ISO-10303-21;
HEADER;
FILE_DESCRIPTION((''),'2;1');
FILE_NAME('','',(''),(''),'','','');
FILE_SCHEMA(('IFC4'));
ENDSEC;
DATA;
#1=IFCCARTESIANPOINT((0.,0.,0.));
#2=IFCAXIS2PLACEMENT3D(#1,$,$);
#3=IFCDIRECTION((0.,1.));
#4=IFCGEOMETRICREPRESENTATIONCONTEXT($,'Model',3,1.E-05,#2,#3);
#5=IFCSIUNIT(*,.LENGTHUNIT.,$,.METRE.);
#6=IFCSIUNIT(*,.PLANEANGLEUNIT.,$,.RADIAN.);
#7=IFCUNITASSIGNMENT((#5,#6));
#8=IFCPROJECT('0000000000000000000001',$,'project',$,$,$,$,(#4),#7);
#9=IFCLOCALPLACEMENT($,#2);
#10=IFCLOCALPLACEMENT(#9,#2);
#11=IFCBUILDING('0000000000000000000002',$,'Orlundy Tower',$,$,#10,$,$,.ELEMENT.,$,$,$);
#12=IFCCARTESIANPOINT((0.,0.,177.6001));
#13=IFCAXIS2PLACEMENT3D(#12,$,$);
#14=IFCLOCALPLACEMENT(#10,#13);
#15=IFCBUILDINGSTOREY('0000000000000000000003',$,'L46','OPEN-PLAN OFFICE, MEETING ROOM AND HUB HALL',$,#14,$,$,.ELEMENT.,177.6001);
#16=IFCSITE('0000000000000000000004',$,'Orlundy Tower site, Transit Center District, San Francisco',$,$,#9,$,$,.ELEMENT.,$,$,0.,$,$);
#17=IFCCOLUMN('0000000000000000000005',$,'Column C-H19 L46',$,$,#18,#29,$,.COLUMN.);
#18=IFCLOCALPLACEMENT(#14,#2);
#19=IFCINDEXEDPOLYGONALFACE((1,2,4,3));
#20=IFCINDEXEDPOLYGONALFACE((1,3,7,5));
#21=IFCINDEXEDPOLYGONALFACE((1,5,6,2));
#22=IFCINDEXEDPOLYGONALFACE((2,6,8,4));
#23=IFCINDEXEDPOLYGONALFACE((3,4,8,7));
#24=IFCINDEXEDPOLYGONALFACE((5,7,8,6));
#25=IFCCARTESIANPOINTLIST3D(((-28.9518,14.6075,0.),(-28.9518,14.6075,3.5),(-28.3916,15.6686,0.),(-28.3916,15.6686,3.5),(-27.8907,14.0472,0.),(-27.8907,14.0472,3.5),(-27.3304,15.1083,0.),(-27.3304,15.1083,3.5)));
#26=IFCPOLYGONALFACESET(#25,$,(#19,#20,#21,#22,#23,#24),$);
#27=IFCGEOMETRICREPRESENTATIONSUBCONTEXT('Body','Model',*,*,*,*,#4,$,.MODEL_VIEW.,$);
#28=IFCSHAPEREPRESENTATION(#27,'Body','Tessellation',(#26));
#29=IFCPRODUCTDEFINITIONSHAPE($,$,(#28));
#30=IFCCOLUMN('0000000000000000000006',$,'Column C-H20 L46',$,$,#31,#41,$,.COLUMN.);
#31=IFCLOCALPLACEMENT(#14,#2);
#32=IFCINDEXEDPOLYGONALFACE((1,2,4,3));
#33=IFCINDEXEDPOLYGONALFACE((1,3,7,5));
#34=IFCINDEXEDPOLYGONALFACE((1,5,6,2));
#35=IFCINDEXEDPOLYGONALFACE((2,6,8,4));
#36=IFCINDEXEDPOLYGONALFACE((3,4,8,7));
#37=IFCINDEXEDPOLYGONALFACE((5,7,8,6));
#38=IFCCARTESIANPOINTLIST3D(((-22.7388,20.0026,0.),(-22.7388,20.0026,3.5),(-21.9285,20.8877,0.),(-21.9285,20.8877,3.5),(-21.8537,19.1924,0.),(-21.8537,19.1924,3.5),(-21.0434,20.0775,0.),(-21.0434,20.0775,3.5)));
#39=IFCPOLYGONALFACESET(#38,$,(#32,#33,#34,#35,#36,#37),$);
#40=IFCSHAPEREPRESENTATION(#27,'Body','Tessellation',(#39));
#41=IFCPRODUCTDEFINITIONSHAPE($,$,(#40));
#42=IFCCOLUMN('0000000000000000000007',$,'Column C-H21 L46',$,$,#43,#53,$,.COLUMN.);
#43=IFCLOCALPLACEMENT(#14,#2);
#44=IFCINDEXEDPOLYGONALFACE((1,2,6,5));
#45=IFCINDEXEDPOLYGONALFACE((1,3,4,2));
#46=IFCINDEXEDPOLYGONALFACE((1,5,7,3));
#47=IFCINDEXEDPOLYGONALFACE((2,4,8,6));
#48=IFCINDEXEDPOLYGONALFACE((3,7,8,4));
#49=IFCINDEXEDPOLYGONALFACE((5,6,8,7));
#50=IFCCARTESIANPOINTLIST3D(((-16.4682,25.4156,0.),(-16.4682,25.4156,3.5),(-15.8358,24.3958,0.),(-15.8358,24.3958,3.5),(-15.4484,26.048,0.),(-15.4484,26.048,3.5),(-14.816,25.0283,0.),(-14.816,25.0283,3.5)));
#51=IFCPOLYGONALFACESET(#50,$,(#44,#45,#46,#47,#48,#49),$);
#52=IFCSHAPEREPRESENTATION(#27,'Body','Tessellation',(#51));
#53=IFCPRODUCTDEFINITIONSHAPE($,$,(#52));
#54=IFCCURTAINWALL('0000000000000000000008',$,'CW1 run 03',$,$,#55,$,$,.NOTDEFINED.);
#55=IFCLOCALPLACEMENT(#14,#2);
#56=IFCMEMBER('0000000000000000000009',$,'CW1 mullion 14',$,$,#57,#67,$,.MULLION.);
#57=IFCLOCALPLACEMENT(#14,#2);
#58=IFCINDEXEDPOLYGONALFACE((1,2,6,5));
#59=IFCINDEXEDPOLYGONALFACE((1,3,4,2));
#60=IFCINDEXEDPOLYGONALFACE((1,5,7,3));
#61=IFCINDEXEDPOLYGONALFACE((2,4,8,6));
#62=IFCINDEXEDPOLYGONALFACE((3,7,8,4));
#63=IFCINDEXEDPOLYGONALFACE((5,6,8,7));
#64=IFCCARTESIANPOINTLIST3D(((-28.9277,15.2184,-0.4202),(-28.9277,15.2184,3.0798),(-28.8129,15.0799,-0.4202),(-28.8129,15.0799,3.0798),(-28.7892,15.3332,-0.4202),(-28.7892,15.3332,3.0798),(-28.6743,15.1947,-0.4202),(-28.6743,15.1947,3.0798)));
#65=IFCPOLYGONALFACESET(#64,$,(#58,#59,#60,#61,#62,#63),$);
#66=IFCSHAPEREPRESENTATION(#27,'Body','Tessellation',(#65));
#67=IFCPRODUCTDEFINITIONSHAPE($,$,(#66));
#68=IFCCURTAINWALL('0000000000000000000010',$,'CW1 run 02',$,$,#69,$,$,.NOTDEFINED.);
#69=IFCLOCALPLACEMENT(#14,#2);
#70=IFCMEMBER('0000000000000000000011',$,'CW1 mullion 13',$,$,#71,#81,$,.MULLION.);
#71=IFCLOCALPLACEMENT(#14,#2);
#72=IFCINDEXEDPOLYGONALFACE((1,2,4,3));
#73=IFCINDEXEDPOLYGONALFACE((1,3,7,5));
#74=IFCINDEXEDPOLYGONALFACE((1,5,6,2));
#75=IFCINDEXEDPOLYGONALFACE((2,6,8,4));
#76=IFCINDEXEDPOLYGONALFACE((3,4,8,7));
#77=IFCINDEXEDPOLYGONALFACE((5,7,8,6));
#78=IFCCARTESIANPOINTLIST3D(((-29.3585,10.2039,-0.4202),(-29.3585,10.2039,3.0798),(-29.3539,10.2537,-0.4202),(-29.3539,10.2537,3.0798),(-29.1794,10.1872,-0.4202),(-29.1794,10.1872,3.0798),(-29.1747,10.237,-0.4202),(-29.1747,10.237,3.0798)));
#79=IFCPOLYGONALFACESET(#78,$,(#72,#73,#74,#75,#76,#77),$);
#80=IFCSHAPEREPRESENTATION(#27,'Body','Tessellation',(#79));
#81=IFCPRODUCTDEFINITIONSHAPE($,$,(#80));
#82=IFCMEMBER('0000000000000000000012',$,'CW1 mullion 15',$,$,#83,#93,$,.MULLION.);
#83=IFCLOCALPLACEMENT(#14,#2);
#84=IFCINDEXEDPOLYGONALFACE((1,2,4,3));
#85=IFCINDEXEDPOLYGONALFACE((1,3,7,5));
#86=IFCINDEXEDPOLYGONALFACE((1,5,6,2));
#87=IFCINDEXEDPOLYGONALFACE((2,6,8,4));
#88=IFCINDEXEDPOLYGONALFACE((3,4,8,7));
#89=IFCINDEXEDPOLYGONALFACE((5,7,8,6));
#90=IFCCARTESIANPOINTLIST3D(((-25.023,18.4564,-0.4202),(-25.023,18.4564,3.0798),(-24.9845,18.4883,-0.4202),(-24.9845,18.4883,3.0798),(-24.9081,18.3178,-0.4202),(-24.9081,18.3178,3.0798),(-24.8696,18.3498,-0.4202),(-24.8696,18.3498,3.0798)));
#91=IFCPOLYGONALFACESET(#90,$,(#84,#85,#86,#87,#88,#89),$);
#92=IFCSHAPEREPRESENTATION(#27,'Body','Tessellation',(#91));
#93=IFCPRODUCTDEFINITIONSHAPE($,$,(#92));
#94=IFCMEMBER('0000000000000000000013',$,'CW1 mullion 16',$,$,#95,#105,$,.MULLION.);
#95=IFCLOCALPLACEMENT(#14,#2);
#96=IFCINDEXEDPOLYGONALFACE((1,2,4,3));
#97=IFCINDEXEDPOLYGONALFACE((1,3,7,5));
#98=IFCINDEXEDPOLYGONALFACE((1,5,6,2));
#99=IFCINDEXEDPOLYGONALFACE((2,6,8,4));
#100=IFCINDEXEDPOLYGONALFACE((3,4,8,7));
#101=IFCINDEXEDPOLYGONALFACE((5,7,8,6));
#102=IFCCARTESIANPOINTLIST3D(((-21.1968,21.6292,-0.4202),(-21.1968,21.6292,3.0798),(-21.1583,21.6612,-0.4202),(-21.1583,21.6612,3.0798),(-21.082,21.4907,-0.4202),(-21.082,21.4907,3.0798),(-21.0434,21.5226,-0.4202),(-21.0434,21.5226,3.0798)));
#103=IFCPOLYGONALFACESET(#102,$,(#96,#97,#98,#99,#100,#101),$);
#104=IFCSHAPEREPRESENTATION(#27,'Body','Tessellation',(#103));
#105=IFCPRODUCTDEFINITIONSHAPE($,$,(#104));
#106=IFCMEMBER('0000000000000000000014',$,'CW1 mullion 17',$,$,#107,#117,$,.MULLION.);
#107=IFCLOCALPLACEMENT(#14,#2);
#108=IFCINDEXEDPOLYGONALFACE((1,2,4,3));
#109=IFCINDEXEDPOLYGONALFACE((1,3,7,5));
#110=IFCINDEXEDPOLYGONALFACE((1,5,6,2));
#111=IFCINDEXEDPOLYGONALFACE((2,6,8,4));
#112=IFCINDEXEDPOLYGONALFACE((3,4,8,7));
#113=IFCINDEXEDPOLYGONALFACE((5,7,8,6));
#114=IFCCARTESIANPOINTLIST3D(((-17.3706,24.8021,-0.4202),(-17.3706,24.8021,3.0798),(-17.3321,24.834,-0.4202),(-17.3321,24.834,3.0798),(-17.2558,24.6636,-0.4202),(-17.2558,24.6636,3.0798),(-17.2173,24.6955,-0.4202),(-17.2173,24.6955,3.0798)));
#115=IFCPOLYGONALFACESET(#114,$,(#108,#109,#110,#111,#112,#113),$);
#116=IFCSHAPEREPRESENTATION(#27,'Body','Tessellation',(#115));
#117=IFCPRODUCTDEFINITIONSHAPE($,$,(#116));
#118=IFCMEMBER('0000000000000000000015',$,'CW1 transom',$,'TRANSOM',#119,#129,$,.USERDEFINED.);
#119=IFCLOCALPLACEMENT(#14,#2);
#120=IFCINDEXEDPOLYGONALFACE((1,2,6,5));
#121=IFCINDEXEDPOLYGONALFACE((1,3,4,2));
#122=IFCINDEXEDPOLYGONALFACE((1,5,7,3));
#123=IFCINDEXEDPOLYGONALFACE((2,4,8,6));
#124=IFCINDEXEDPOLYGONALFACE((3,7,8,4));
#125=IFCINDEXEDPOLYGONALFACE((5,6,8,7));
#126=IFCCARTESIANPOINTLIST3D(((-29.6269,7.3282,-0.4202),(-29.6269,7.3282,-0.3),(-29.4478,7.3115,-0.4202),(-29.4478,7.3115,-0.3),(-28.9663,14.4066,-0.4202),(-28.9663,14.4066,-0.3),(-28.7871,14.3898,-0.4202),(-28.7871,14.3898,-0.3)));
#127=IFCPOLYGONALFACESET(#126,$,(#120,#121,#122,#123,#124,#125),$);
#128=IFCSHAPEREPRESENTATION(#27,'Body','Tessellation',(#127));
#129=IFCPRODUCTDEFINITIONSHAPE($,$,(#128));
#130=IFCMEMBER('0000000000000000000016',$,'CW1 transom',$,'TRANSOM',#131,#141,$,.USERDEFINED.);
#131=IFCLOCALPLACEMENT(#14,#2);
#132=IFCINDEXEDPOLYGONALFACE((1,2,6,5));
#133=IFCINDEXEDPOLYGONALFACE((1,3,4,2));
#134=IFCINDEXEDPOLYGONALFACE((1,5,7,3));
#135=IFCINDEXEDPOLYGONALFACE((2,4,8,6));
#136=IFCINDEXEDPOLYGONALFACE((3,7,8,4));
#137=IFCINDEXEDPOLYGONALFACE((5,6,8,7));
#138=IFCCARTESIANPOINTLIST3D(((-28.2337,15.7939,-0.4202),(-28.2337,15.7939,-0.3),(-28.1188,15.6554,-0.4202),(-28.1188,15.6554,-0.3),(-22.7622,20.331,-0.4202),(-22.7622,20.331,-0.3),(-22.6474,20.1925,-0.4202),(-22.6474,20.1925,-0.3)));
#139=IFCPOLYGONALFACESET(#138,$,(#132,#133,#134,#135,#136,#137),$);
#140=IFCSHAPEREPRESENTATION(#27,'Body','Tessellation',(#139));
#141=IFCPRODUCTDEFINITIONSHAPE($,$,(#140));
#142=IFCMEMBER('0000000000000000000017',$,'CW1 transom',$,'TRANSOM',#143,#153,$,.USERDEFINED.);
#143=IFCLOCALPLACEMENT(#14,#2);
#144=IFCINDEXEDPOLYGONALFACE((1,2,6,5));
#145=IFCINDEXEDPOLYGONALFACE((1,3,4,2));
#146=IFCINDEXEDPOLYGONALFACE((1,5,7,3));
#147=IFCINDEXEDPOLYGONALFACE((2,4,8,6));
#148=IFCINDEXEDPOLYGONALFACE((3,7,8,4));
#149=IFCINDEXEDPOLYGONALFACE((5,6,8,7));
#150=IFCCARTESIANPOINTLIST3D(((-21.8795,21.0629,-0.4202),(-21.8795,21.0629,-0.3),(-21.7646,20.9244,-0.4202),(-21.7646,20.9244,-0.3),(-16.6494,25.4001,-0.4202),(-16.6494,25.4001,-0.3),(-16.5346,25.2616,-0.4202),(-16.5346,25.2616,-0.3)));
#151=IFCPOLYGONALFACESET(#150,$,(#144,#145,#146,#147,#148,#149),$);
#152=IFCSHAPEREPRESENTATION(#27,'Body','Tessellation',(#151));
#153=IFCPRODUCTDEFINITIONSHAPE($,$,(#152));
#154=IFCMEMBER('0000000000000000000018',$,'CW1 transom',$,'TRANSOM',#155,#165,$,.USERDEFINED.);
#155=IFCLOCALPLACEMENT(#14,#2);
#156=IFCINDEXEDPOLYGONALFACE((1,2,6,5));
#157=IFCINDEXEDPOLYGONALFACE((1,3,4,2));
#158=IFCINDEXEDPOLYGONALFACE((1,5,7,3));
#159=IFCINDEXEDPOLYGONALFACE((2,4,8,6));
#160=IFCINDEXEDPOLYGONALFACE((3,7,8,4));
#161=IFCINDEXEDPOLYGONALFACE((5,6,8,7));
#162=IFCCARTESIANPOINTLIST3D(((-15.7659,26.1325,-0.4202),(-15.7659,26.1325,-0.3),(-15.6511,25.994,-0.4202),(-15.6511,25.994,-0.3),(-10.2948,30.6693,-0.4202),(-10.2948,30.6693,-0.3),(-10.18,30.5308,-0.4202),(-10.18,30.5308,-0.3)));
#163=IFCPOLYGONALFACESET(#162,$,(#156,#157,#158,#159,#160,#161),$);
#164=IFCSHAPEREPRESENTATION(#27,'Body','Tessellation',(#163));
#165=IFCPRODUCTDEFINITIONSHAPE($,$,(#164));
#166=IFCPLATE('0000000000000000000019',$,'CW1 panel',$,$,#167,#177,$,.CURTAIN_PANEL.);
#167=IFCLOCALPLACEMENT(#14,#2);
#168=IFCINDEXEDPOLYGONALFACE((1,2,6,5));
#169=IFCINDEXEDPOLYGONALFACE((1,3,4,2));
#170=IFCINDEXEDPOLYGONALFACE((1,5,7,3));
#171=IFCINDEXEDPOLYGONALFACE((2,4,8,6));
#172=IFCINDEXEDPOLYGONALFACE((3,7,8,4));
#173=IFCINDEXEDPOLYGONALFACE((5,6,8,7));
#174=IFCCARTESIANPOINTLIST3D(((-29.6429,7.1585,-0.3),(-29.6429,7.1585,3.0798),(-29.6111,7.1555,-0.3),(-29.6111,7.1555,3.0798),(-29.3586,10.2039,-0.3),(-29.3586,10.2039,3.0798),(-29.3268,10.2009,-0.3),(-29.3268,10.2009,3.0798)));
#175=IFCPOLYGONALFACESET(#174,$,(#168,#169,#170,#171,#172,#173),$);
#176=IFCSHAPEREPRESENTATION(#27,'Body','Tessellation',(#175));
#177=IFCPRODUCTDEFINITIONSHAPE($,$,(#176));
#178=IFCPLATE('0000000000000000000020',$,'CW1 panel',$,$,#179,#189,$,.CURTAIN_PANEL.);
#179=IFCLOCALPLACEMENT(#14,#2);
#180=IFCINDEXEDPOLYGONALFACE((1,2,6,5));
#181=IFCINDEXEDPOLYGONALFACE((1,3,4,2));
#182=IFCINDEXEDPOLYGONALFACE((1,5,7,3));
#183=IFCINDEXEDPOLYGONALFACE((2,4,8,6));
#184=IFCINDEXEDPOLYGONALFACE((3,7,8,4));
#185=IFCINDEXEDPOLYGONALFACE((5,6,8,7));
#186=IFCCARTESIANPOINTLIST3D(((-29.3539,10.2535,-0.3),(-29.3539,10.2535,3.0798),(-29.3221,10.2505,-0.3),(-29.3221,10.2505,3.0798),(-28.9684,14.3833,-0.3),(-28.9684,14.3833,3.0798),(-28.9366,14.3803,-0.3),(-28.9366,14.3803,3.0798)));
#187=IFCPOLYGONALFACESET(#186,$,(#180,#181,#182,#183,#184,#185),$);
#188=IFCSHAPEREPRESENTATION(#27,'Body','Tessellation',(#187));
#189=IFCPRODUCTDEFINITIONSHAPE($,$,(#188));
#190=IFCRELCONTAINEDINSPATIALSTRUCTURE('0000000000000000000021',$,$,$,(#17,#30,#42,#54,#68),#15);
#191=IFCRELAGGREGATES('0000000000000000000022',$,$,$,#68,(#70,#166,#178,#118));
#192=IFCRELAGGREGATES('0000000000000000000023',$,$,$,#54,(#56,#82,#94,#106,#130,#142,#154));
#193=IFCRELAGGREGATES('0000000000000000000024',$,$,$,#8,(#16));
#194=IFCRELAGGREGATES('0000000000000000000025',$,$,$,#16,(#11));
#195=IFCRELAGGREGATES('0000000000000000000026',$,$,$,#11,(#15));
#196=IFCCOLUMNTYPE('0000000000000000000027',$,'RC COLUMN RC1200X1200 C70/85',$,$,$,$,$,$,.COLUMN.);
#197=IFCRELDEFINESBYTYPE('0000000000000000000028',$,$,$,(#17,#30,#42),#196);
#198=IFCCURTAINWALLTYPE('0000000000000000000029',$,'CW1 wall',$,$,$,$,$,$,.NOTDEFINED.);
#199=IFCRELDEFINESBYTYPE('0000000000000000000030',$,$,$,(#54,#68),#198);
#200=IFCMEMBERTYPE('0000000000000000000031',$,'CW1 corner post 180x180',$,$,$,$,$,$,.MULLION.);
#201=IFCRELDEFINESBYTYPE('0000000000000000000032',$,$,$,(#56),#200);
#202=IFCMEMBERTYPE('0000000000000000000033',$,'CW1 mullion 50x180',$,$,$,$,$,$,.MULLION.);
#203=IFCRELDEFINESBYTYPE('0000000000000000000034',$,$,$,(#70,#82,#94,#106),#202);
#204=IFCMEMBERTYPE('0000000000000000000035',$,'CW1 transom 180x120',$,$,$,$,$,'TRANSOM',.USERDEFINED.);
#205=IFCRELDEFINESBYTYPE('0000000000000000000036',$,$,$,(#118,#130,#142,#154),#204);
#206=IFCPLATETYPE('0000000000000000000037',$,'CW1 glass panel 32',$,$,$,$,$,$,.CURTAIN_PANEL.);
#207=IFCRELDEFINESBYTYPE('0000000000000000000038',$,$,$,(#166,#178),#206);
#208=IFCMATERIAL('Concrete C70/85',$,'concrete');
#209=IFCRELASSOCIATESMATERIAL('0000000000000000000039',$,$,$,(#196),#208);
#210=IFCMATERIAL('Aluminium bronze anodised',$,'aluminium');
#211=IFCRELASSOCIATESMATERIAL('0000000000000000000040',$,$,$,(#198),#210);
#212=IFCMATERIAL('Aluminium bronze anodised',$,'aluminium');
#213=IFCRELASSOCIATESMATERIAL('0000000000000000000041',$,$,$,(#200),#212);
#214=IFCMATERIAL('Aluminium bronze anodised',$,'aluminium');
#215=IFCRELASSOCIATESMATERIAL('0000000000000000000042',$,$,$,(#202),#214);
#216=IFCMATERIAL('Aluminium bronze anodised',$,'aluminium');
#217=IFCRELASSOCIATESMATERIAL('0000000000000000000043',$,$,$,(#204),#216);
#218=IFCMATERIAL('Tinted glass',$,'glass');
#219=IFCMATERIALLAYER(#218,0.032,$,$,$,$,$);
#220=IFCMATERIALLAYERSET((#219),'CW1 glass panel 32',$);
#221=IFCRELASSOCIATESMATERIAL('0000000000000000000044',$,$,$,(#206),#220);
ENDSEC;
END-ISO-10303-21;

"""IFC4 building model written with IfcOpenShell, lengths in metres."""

from ifc_helpers import new_model, si_unit, direction, frame, origin, origin_2d, place, context, subcontext, project, spatial, rectangle, extrude, material, layer, layer_set, material_profile, profile_set, type_object, element, aggregate, save


model = new_model("IFC4")

# Units and contexts
model_context = context("Model", 3, precision=1e-05, world=origin(), true_north=direction((0.0, 1.0)))
body_context = subcontext(model_context, "Body", "Model", "MODEL_VIEW")
ifc_project = project(units=[si_unit("LENGTHUNIT", "METRE"), si_unit("PLANEANGLEUNIT", "RADIAN")], contexts=[model_context])

# Site, building, storey
site_placement = place(None, origin())
site = spatial("IfcSite", under=ifc_project, at=site_placement, Name="Orlundy Tower site, Transit Center District, San Francisco", CompositionType="ELEMENT", RefElevation=0.0)
building_placement = place(site_placement, origin())
building = spatial("IfcBuilding", under=site, at=building_placement, Name="Orlundy Tower", CompositionType="ELEMENT")
storey_placement = place(building_placement, frame((0.0, 0.0, 177.6001)))
storey = spatial("IfcBuildingStorey", under=building, at=storey_placement, Name="L46", Description="OPEN-PLAN OFFICE, MEETING ROOM AND HUB HALL", CompositionType="ELEMENT", Elevation=177.6001)

# Columns
ifc_material_1 = material(Name="Concrete C70/85", Category="concrete")
ifc_material_profile_1 = material_profile(ifc_material_1, rectangle(XDim=1.2, YDim=1.2, at=origin_2d()), Name="RC1200X1200")
ifc_profile_set_1 = profile_set([ifc_material_profile_1], Name="Concrete C70/85")
column_type = type_object("IfcColumnType", Name="RC COLUMN RC1200X1200 C70/85", PredefinedType="COLUMN", material=ifc_profile_set_1)
for number, where, z_axis, x_axis, name in (
    (1, (-28.1411, 14.8579, 0.0), (0.0, 0.0, 1.0), (-0.884312, 0.466896, 0.0), "Column C-H19 L46"),
    (2, (-21.8911, 20.04, 0.0), (0.0, 0.0, 1.0), (-0.737607, 0.67523, 0.0), "Column C-H20 L46"),
    (3, (-15.6421, 25.2219, 0.0), (0.0, 0.0, 1.0), (-0.527045, 0.849838, 0.0), "Column C-H21 L46"),
):
    element("IfcColumn", number, at=place(storey_placement, frame(where, z_axis=z_axis, x_axis=x_axis)), inside=storey, type_object=column_type, Name=name, PredefinedType="COLUMN", context=body_context, shape_type="SweptSolid", body=[
        extrude(rectangle(XDim=1.2, YDim=1.2, at=origin_2d()), origin(), (0.0, 0.0, 1.0), 3.5),
    ])

# Curtain walls, members
ifc_material_2 = material(Name="Aluminium bronze anodised", Category="aluminium")
curtain_wall_type = type_object("IfcCurtainWallType", Name="CW1 wall", PredefinedType="NOTDEFINED", material=ifc_material_2)
curtain_wall_1_placement = place(storey_placement, origin())
curtain_wall_1 = element("IfcCurtainWall", 4, at=curtain_wall_1_placement, inside=storey, type_object=curtain_wall_type, Name="CW1 run 03", PredefinedType="NOTDEFINED")
ifc_material_3 = material(Name="Aluminium bronze anodised", Category="aluminium")
ifc_material_profile_2 = material_profile(ifc_material_3, rectangle(XDim=0.1799, YDim=0.1799, at=origin_2d()), Name="CW1 corner post 180x180")
ifc_profile_set_2 = profile_set([ifc_material_profile_2], Name="Aluminium bronze anodised")
member_type_1 = type_object("IfcMemberType", Name="CW1 corner post 180x180", PredefinedType="MULLION", material=ifc_profile_set_2)
member_1_placement = place(storey_placement, frame((-28.801, 15.2065, -0.4202), z_axis=(0.0, 0.0, 1.0), x_axis=(-0.638318, 0.769772, 0.0)))
member_1 = element("IfcMember", 5, at=member_1_placement, type_object=member_type_1, Name="CW1 mullion 14", PredefinedType="MULLION", context=body_context, shape_type="SweptSolid", body=[
    extrude(rectangle(XDim=0.1799, YDim=0.1799, at=origin_2d()), origin(), (0.0, 0.0, 1.0), 3.5),
])
curtain_wall_2_placement = place(storey_placement, origin())
curtain_wall_2 = element("IfcCurtainWall", 6, at=curtain_wall_2_placement, inside=storey, type_object=curtain_wall_type, Name="CW1 run 02", PredefinedType="NOTDEFINED")
ifc_material_4 = material(Name="Aluminium bronze anodised", Category="aluminium")
ifc_material_profile_3 = material_profile(ifc_material_4, rectangle(XDim=0.1799, YDim=0.05, at=origin_2d()), Name="CW1 mullion 50x180")
ifc_profile_set_3 = profile_set([ifc_material_profile_3], Name="Aluminium bronze anodised")
member_type_2 = type_object("IfcMemberType", Name="CW1 mullion 50x180", PredefinedType="MULLION", material=ifc_profile_set_3)
member_2_placement = place(storey_placement, frame((-29.2666, 10.2205, -0.4202), z_axis=(0.0, 0.0, 1.0), x_axis=(-0.995671, 0.092948, 0.0)))
member_2 = element("IfcMember", 7, at=member_2_placement, type_object=member_type_2, Name="CW1 mullion 13", PredefinedType="MULLION", context=body_context, shape_type="SweptSolid", body=[
    extrude(rectangle(XDim=0.1799, YDim=0.05, at=origin_2d()), origin(), (0.0, 0.0, 1.0), 3.5),
])

# Members
member_3_placement = place(storey_placement, frame((-24.9463, 18.4031, -0.4202), z_axis=(0.0, 0.0, 1.0), x_axis=(-0.638318, 0.769772, 0.0)))
member_3 = element("IfcMember", 8, at=member_3_placement, type_object=member_type_2, Name="CW1 mullion 15", PredefinedType="MULLION", context=body_context, shape_type="SweptSolid", body=[
    extrude(rectangle(XDim=0.1799, YDim=0.05, at=origin_2d()), origin(), (0.0, 0.0, 1.0), 3.5),
])
member_4_placement = place(storey_placement, frame((-21.1201, 21.5759, -0.4202), z_axis=(0.0, 0.0, 1.0), x_axis=(-0.638318, 0.769772, 0.0)))
member_4 = element("IfcMember", 9, at=member_4_placement, type_object=member_type_2, Name="CW1 mullion 16", PredefinedType="MULLION", context=body_context, shape_type="SweptSolid", body=[
    extrude(rectangle(XDim=0.1799, YDim=0.05, at=origin_2d()), origin(), (0.0, 0.0, 1.0), 3.5),
])
member_5_placement = place(storey_placement, frame((-17.2939, 24.7488, -0.4202), z_axis=(0.0, 0.0, 1.0), x_axis=(-0.638318, 0.769772, 0.0)))
member_5 = element("IfcMember", 10, at=member_5_placement, type_object=member_type_2, Name="CW1 mullion 17", PredefinedType="MULLION", context=body_context, shape_type="SweptSolid", body=[
    extrude(rectangle(XDim=0.1799, YDim=0.05, at=origin_2d()), origin(), (0.0, 0.0, 1.0), 3.5),
])
ifc_material_5 = material(Name="Aluminium bronze anodised", Category="aluminium")
ifc_material_profile_4 = material_profile(ifc_material_5, rectangle(XDim=0.1799, YDim=0.1201, at=origin_2d()), Name="CW1 transom 180x120")
ifc_profile_set_4 = profile_set([ifc_material_profile_4], Name="Aluminium bronze anodised")
member_type_3 = type_object("IfcMemberType", Name="CW1 transom 180x120", ElementType="TRANSOM", PredefinedType="USERDEFINED", material=ifc_profile_set_4)
member_6_placement = place(storey_placement, frame((-29.5374, 7.3198, -0.3601), z_axis=(0.092929, 0.995673, 0.0), x_axis=(-0.995673, 0.092929, 0.0)))
member_6 = element("IfcMember", 11, at=member_6_placement, type_object=member_type_3, Name="CW1 transom", ObjectType="TRANSOM", PredefinedType="USERDEFINED", context=body_context, shape_type="SweptSolid", body=[
    extrude(rectangle(XDim=0.1799, YDim=0.1201, at=origin_2d()), origin(), (0.0, 0.0, 1.0), 7.1091),
])
member_7_placement = place(storey_placement, frame((-28.1763, 15.7246, -0.3601), z_axis=(0.76977, 0.638321, 0.0), x_axis=(-0.638321, 0.76977, 0.0)))
member_7 = element("IfcMember", 12, at=member_7_placement, type_object=member_type_3, Name="CW1 transom", ObjectType="TRANSOM", PredefinedType="USERDEFINED", context=body_context, shape_type="SweptSolid", body=[
    extrude(rectangle(XDim=0.1799, YDim=0.1201, at=origin_2d()), origin(), (0.0, 0.0, 1.0), 7.1079),
])
member_8_placement = place(storey_placement, frame((-21.822, 20.9937, -0.3601), z_axis=(0.769751, 0.638345, 0.0), x_axis=(-0.638345, 0.769751, 0.0)))
member_8 = element("IfcMember", 13, at=member_8_placement, type_object=member_type_3, Name="CW1 transom", ObjectType="TRANSOM", PredefinedType="USERDEFINED", context=body_context, shape_type="SweptSolid", body=[
    extrude(rectangle(XDim=0.1799, YDim=0.1201, at=origin_2d()), origin(), (0.0, 0.0, 1.0), 6.7944),
])
member_9_placement = place(storey_placement, frame((-15.7085, 26.0632, -0.3601), z_axis=(0.769773, 0.638318, 0.0), x_axis=(-0.638318, 0.769773, 0.0)))
member_9 = element("IfcMember", 14, at=member_9_placement, type_object=member_type_3, Name="CW1 transom", ObjectType="TRANSOM", PredefinedType="USERDEFINED", context=body_context, shape_type="SweptSolid", body=[
    extrude(rectangle(XDim=0.1799, YDim=0.1201, at=origin_2d()), origin(), (0.0, 0.0, 1.0), 7.1074),
])

# Plates
ifc_material_6 = material(Name="Tinted glass", Category="glass")
ifc_layer_1 = layer(ifc_material_6, 0.032)
ifc_layer_set_1 = layer_set([ifc_layer_1], Name="CW1 glass panel 32")
plate_type = type_object("IfcPlateType", Name="CW1 glass panel 32", PredefinedType="CURTAIN_PANEL", material=ifc_layer_set_1)
plate_1_placement = place(storey_placement, frame((-29.4849, 8.6797, -0.3), z_axis=(0.0, 0.0, 1.0), x_axis=(0.092948, 0.995671, 0.0)))
plate_1 = element("IfcPlate", 15, at=plate_1_placement, type_object=plate_type, Name="CW1 panel", PredefinedType="CURTAIN_PANEL", context=body_context, shape_type="SweptSolid", body=[
    extrude(rectangle(XDim=3.0586, YDim=0.032, at=origin_2d()), origin(), (0.0, 0.0, 1.0), 3.3799),
])
plate_2_placement = place(storey_placement, frame((-29.1453, 12.3169, -0.3), z_axis=(0.0, 0.0, 1.0), x_axis=(0.092948, 0.995671, 0.0)))
plate_2 = element("IfcPlate", 16, at=plate_2_placement, type_object=plate_type, Name="CW1 panel", PredefinedType="CURTAIN_PANEL", context=body_context, shape_type="SweptSolid", body=[
    extrude(rectangle(XDim=4.1477, YDim=0.032, at=origin_2d()), origin(), (0.0, 0.0, 1.0), 3.3799),
])
aggregate(curtain_wall_2, [member_2, plate_1, plate_2, member_6])
aggregate(curtain_wall_1, [member_1, member_3, member_4, member_5, member_7, member_8, member_9])

save(model, "model.ifc")
